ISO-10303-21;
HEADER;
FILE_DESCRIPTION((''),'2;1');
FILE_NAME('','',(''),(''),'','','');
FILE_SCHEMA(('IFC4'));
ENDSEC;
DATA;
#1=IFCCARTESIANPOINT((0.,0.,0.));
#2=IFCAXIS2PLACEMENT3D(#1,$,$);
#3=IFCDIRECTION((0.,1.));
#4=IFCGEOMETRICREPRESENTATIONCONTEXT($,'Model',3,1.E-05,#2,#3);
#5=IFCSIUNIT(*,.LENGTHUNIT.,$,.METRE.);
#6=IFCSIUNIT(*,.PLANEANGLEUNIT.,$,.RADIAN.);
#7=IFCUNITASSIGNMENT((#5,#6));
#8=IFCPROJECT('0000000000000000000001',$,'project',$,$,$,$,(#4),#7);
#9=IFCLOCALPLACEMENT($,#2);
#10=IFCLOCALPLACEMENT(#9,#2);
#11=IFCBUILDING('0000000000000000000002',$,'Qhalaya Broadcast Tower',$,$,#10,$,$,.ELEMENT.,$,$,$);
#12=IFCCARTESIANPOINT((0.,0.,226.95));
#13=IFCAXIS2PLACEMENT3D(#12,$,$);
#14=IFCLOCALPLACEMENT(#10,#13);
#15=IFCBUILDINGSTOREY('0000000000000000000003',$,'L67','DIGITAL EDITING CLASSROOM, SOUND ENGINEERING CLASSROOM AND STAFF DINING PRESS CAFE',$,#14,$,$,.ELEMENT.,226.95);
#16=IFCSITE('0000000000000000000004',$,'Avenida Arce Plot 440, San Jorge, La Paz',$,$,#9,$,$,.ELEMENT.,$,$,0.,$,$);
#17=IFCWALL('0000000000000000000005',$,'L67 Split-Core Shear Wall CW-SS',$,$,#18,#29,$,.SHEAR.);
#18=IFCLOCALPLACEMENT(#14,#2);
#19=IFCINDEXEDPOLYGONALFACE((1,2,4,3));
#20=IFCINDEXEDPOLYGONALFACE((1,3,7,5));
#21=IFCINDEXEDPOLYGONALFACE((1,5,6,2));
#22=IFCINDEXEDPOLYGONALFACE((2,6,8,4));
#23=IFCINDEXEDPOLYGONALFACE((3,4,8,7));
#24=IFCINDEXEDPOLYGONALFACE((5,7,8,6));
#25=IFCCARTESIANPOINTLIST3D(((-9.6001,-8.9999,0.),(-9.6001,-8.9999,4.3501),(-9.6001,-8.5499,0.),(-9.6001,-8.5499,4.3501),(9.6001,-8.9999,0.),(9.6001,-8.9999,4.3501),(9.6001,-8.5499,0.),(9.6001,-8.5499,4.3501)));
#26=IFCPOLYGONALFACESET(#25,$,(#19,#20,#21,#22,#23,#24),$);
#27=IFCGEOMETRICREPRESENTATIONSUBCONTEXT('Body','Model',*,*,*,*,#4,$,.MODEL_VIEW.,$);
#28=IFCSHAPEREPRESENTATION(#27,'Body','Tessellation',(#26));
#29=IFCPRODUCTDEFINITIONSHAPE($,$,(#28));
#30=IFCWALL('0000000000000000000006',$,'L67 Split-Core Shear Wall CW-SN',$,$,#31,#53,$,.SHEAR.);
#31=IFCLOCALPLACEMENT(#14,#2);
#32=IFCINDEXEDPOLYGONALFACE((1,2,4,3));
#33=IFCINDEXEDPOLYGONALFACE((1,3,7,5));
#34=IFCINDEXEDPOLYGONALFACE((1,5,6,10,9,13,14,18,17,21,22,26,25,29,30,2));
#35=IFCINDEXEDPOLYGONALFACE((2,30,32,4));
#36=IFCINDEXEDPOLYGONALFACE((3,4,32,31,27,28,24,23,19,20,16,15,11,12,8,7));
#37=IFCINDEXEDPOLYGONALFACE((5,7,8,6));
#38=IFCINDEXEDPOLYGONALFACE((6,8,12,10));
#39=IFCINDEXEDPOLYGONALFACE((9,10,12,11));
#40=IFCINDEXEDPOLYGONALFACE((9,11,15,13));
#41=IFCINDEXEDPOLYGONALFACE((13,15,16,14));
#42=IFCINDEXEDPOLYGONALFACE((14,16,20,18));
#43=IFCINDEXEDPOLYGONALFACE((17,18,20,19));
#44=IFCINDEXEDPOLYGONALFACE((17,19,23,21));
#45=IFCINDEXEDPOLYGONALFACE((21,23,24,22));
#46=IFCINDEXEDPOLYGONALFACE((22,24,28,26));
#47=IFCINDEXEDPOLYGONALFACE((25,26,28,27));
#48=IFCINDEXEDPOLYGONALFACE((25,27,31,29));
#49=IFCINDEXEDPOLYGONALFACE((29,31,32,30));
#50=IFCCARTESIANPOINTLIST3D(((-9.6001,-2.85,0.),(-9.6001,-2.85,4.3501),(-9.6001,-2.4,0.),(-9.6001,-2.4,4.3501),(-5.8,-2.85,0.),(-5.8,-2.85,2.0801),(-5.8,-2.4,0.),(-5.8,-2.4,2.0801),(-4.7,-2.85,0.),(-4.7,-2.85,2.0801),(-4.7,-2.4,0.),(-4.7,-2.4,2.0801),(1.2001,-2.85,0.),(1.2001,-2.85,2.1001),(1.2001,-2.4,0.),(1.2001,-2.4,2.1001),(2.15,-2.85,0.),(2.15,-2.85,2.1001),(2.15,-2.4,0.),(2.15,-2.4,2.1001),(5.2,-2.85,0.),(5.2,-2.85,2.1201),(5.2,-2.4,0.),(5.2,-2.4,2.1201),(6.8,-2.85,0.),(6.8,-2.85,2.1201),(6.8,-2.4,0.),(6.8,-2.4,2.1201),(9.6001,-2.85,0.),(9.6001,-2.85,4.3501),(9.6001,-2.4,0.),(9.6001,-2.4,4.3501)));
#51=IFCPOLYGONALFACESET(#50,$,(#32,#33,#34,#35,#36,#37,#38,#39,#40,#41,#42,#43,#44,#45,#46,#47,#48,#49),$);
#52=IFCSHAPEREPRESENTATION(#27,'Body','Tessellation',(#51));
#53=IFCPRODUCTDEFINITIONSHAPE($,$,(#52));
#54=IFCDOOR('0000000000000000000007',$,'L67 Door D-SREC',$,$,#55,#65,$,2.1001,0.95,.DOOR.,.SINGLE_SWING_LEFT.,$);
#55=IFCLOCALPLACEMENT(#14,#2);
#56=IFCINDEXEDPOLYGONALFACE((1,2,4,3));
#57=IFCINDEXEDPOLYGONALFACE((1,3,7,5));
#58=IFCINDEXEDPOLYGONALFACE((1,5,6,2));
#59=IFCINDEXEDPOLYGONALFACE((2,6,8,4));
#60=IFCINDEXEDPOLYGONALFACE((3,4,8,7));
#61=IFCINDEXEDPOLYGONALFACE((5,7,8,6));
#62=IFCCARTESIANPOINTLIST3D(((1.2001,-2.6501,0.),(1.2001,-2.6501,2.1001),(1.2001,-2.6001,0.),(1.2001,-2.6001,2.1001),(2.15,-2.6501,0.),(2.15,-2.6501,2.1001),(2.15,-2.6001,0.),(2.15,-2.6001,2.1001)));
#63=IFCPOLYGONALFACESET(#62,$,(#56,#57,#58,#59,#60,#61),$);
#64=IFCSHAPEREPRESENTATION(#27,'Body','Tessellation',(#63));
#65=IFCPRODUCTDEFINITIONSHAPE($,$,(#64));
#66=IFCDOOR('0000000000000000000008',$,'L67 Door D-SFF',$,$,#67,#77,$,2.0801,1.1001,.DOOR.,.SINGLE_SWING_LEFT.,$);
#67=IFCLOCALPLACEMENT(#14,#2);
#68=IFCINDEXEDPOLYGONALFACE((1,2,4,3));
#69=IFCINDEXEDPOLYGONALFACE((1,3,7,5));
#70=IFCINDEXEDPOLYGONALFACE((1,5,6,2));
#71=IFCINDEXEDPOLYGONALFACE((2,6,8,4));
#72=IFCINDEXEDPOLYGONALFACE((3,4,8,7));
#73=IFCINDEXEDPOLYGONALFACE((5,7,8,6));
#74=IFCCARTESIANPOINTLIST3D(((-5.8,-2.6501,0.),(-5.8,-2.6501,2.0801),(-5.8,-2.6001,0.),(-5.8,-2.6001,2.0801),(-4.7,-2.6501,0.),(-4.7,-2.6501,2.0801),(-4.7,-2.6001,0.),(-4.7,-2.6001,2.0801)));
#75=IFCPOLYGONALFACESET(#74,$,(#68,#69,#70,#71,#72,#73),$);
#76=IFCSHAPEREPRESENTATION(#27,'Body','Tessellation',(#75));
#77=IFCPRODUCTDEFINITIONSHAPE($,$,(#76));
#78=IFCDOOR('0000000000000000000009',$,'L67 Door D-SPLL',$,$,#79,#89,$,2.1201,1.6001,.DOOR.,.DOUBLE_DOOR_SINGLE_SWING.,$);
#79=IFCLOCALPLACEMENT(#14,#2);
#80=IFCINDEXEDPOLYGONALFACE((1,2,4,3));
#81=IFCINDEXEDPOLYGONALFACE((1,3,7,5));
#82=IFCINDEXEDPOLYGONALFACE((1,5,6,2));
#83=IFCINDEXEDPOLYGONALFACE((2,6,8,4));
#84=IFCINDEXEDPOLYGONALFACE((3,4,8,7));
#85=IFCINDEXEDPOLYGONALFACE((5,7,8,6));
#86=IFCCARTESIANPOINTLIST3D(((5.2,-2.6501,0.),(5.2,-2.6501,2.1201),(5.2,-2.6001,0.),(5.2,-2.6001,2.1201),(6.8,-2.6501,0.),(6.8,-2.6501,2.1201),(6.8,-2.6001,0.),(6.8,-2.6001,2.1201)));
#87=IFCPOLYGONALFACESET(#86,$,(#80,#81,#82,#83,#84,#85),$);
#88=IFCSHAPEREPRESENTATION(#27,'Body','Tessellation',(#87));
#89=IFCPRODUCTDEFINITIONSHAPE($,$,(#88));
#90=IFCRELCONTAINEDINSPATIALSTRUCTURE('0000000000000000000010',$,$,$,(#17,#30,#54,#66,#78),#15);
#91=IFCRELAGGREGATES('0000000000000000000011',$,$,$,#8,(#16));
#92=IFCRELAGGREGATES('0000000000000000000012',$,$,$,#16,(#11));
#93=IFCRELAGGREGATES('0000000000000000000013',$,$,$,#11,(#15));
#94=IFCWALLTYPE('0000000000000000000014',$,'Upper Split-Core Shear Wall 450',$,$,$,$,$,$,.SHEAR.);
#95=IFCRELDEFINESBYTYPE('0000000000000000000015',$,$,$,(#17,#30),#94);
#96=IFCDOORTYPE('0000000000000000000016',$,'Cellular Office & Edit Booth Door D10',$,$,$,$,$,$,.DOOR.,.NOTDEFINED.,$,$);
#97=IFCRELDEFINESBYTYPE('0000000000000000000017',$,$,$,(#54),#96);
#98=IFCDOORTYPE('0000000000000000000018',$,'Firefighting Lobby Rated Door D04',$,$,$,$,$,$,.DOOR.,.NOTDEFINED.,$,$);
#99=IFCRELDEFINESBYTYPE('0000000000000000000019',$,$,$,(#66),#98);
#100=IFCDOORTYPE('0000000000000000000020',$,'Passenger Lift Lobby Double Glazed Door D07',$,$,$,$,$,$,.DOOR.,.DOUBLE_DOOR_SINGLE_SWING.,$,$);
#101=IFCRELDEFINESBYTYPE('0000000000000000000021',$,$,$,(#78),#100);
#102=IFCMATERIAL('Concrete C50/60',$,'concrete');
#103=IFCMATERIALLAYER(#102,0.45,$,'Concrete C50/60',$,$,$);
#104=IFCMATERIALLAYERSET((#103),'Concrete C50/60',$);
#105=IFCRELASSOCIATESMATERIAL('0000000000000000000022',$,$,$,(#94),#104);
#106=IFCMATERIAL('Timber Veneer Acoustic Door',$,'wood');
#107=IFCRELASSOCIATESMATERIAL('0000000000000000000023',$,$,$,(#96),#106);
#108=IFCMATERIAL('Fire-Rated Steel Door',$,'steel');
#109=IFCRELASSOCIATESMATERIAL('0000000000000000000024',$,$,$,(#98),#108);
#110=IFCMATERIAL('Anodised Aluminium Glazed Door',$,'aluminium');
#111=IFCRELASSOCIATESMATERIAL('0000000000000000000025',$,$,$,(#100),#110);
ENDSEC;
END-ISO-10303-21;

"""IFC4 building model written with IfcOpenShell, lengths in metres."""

from ifc_helpers import new_model, si_unit, direction, frame, frame_2d, origin, place, context, subcontext, project, spatial, rectangle, extrude, material, layer, layer_set, type_object, element, fill, save


model = new_model("IFC4")

# Units and contexts
model_context = context("Model", 3, precision=1e-05, world=origin(), true_north=direction((0.0, 1.0)))
body_context = subcontext(model_context, "Body", "Model", "MODEL_VIEW")
ifc_project = project(units=[si_unit("LENGTHUNIT", "METRE"), si_unit("PLANEANGLEUNIT", "RADIAN")], contexts=[model_context])

# Site, building, storey
site_placement = place(None, origin())
site = spatial("IfcSite", under=ifc_project, at=site_placement, Name="Avenida Arce Plot 440, San Jorge, La Paz", CompositionType="ELEMENT", RefElevation=0.0)
building_placement = place(site_placement, origin())
building = spatial("IfcBuilding", under=site, at=building_placement, Name="Qhalaya Broadcast Tower", CompositionType="ELEMENT")
storey_placement = place(building_placement, frame((0.0, 0.0, 226.95)))
storey = spatial("IfcBuildingStorey", under=building, at=storey_placement, Name="L67", Description="DIGITAL EDITING CLASSROOM, SOUND ENGINEERING CLASSROOM AND STAFF DINING PRESS CAFE", CompositionType="ELEMENT", Elevation=226.95)

# Shared definitions
ifc_material_1 = material(Name="Anodised Aluminium Glazed Door", Category="aluminium")

# Wall
ifc_material_2 = material(Name="Concrete C50/60", Category="concrete")
ifc_layer_1 = layer(ifc_material_2, 0.45, Name="Concrete C50/60")
ifc_layer_set_1 = layer_set([ifc_layer_1], Name="Concrete C50/60")
wall_type_1 = type_object("IfcWallType", Name="Upper Split-Core Shear Wall 450", PredefinedType="SHEAR", material=ifc_layer_set_1)
wall_1_placement = place(storey_placement, frame((-9.6001, -8.7749, 0.0), z_axis=(0.0, 0.0, 1.0), x_axis=(1.0, 0.0, 0.0)))
element("IfcWall", 1, at=wall_1_placement, inside=storey, type_object=wall_type_1, Name="L67 Split-Core Shear Wall CW-SS", PredefinedType="SHEAR", context=body_context, shape_type="SweptSolid", body=[
    extrude(rectangle(XDim=19.2002, YDim=0.45, at=frame_2d((9.6001, 0.0))), origin(), (0.0, 0.0, 1.0), 4.3501),
])

# Wall, openings, doors
wall_2_placement = place(storey_placement, frame((-9.6001, -2.625, 0.0), z_axis=(0.0, 0.0, 1.0), x_axis=(1.0, 0.0, 0.0)))
wall_2 = element("IfcWall", 2, at=wall_2_placement, inside=storey, type_object=wall_type_1, Name="L67 Split-Core Shear Wall CW-SN", PredefinedType="SHEAR", context=body_context, shape_type="SweptSolid", body=[
    extrude(rectangle(XDim=19.2002, YDim=0.45, at=frame_2d((9.6001, 0.0))), origin(), (0.0, 0.0, 1.0), 4.3501),
])
opening_1_placement = place(wall_2_placement, frame((3.8, 0.0, 0.0)))
opening_1 = element("IfcOpeningElement", 3, at=opening_1_placement, cuts=wall_2, PredefinedType="OPENING", context=body_context, shape_type="SweptSolid", body=[
    extrude(rectangle(XDim=1.1001, YDim=2.0801, at=frame_2d((0.55, 1.04))), frame((0.0, 0.2371, 0.0), z_axis=(0.0, -1.0, 0.0), x_axis=(1.0, 0.0, 0.0)), (0.0, 0.0, 1.0), 0.4739),
])
opening_2_placement = place(wall_2_placement, frame((10.8, 0.0, 0.0)))
opening_2 = element("IfcOpeningElement", 4, at=opening_2_placement, cuts=wall_2, PredefinedType="OPENING", context=body_context, shape_type="SweptSolid", body=[
    extrude(rectangle(XDim=0.95, YDim=2.1001, at=frame_2d((0.4751, 1.05))), frame((0.0, 0.2371, 0.0), z_axis=(0.0, -1.0, 0.0), x_axis=(1.0, 0.0, 0.0)), (0.0, 0.0, 1.0), 0.4739),
])
opening_3_placement = place(wall_2_placement, frame((14.8, 0.0, 0.0)))
opening_3 = element("IfcOpeningElement", 5, at=opening_3_placement, cuts=wall_2, PredefinedType="OPENING", context=body_context, shape_type="SweptSolid", body=[
    extrude(rectangle(XDim=1.6001, YDim=2.1201, at=frame_2d((0.8, 1.0601))), frame((0.0, 0.2371, 0.0), z_axis=(0.0, -1.0, 0.0), x_axis=(1.0, 0.0, 0.0)), (0.0, 0.0, 1.0), 0.4739),
])
ifc_material_3 = material(Name="Timber Veneer Acoustic Door", Category="wood")
door_type_1 = type_object("IfcDoorType", Name="Cellular Office & Edit Booth Door D10", OperationType="NOTDEFINED", PredefinedType="DOOR", material=ifc_material_3)
door_1_placement = place(opening_2_placement, origin())
door_1 = element("IfcDoor", 6, at=door_1_placement, inside=storey, type_object=door_type_1, Name="L67 Door D-SREC", OperationType="SINGLE_SWING_LEFT", OverallHeight=2.1001, OverallWidth=0.95, PredefinedType="DOOR", context=body_context, shape_type="SweptSolid", body=[
    extrude(rectangle(XDim=0.95, YDim=2.1001, at=frame_2d((0.4751, 1.05))), frame((0.0, 0.0249, 0.0), z_axis=(0.0, -1.0, 0.0), x_axis=(1.0, 0.0, 0.0)), (0.0, 0.0, 1.0), 0.05),
])
fill(opening_2, door_1)
ifc_material_4 = material(Name="Fire-Rated Steel Door", Category="steel")
door_type_2 = type_object("IfcDoorType", Name="Firefighting Lobby Rated Door D04", OperationType="NOTDEFINED", PredefinedType="DOOR", material=ifc_material_4)
door_2_placement = place(opening_1_placement, origin())
door_2 = element("IfcDoor", 7, at=door_2_placement, inside=storey, type_object=door_type_2, Name="L67 Door D-SFF", OperationType="SINGLE_SWING_LEFT", OverallHeight=2.0801, OverallWidth=1.1001, PredefinedType="DOOR", context=body_context, shape_type="SweptSolid", body=[
    extrude(rectangle(XDim=1.1001, YDim=2.0801, at=frame_2d((0.55, 1.04))), frame((0.0, 0.0249, 0.0), z_axis=(0.0, -1.0, 0.0), x_axis=(1.0, 0.0, 0.0)), (0.0, 0.0, 1.0), 0.05),
])
fill(opening_1, door_2)
door_type_3 = type_object("IfcDoorType", Name="Passenger Lift Lobby Double Glazed Door D07", OperationType="DOUBLE_DOOR_SINGLE_SWING", PredefinedType="DOOR", material=ifc_material_1)
door_3_placement = place(opening_3_placement, origin())
door_3 = element("IfcDoor", 8, at=door_3_placement, inside=storey, type_object=door_type_3, Name="L67 Door D-SPLL", OperationType="DOUBLE_DOOR_SINGLE_SWING", OverallHeight=2.1201, OverallWidth=1.6001, PredefinedType="DOOR", context=body_context, shape_type="SweptSolid", body=[
    extrude(rectangle(XDim=1.6001, YDim=2.1201, at=frame_2d((0.8, 1.0601))), frame((0.0, 0.0249, 0.0), z_axis=(0.0, -1.0, 0.0), x_axis=(1.0, 0.0, 0.0)), (0.0, 0.0, 1.0), 0.05),
])
fill(opening_3, door_3)

save(model, "model.ifc")
